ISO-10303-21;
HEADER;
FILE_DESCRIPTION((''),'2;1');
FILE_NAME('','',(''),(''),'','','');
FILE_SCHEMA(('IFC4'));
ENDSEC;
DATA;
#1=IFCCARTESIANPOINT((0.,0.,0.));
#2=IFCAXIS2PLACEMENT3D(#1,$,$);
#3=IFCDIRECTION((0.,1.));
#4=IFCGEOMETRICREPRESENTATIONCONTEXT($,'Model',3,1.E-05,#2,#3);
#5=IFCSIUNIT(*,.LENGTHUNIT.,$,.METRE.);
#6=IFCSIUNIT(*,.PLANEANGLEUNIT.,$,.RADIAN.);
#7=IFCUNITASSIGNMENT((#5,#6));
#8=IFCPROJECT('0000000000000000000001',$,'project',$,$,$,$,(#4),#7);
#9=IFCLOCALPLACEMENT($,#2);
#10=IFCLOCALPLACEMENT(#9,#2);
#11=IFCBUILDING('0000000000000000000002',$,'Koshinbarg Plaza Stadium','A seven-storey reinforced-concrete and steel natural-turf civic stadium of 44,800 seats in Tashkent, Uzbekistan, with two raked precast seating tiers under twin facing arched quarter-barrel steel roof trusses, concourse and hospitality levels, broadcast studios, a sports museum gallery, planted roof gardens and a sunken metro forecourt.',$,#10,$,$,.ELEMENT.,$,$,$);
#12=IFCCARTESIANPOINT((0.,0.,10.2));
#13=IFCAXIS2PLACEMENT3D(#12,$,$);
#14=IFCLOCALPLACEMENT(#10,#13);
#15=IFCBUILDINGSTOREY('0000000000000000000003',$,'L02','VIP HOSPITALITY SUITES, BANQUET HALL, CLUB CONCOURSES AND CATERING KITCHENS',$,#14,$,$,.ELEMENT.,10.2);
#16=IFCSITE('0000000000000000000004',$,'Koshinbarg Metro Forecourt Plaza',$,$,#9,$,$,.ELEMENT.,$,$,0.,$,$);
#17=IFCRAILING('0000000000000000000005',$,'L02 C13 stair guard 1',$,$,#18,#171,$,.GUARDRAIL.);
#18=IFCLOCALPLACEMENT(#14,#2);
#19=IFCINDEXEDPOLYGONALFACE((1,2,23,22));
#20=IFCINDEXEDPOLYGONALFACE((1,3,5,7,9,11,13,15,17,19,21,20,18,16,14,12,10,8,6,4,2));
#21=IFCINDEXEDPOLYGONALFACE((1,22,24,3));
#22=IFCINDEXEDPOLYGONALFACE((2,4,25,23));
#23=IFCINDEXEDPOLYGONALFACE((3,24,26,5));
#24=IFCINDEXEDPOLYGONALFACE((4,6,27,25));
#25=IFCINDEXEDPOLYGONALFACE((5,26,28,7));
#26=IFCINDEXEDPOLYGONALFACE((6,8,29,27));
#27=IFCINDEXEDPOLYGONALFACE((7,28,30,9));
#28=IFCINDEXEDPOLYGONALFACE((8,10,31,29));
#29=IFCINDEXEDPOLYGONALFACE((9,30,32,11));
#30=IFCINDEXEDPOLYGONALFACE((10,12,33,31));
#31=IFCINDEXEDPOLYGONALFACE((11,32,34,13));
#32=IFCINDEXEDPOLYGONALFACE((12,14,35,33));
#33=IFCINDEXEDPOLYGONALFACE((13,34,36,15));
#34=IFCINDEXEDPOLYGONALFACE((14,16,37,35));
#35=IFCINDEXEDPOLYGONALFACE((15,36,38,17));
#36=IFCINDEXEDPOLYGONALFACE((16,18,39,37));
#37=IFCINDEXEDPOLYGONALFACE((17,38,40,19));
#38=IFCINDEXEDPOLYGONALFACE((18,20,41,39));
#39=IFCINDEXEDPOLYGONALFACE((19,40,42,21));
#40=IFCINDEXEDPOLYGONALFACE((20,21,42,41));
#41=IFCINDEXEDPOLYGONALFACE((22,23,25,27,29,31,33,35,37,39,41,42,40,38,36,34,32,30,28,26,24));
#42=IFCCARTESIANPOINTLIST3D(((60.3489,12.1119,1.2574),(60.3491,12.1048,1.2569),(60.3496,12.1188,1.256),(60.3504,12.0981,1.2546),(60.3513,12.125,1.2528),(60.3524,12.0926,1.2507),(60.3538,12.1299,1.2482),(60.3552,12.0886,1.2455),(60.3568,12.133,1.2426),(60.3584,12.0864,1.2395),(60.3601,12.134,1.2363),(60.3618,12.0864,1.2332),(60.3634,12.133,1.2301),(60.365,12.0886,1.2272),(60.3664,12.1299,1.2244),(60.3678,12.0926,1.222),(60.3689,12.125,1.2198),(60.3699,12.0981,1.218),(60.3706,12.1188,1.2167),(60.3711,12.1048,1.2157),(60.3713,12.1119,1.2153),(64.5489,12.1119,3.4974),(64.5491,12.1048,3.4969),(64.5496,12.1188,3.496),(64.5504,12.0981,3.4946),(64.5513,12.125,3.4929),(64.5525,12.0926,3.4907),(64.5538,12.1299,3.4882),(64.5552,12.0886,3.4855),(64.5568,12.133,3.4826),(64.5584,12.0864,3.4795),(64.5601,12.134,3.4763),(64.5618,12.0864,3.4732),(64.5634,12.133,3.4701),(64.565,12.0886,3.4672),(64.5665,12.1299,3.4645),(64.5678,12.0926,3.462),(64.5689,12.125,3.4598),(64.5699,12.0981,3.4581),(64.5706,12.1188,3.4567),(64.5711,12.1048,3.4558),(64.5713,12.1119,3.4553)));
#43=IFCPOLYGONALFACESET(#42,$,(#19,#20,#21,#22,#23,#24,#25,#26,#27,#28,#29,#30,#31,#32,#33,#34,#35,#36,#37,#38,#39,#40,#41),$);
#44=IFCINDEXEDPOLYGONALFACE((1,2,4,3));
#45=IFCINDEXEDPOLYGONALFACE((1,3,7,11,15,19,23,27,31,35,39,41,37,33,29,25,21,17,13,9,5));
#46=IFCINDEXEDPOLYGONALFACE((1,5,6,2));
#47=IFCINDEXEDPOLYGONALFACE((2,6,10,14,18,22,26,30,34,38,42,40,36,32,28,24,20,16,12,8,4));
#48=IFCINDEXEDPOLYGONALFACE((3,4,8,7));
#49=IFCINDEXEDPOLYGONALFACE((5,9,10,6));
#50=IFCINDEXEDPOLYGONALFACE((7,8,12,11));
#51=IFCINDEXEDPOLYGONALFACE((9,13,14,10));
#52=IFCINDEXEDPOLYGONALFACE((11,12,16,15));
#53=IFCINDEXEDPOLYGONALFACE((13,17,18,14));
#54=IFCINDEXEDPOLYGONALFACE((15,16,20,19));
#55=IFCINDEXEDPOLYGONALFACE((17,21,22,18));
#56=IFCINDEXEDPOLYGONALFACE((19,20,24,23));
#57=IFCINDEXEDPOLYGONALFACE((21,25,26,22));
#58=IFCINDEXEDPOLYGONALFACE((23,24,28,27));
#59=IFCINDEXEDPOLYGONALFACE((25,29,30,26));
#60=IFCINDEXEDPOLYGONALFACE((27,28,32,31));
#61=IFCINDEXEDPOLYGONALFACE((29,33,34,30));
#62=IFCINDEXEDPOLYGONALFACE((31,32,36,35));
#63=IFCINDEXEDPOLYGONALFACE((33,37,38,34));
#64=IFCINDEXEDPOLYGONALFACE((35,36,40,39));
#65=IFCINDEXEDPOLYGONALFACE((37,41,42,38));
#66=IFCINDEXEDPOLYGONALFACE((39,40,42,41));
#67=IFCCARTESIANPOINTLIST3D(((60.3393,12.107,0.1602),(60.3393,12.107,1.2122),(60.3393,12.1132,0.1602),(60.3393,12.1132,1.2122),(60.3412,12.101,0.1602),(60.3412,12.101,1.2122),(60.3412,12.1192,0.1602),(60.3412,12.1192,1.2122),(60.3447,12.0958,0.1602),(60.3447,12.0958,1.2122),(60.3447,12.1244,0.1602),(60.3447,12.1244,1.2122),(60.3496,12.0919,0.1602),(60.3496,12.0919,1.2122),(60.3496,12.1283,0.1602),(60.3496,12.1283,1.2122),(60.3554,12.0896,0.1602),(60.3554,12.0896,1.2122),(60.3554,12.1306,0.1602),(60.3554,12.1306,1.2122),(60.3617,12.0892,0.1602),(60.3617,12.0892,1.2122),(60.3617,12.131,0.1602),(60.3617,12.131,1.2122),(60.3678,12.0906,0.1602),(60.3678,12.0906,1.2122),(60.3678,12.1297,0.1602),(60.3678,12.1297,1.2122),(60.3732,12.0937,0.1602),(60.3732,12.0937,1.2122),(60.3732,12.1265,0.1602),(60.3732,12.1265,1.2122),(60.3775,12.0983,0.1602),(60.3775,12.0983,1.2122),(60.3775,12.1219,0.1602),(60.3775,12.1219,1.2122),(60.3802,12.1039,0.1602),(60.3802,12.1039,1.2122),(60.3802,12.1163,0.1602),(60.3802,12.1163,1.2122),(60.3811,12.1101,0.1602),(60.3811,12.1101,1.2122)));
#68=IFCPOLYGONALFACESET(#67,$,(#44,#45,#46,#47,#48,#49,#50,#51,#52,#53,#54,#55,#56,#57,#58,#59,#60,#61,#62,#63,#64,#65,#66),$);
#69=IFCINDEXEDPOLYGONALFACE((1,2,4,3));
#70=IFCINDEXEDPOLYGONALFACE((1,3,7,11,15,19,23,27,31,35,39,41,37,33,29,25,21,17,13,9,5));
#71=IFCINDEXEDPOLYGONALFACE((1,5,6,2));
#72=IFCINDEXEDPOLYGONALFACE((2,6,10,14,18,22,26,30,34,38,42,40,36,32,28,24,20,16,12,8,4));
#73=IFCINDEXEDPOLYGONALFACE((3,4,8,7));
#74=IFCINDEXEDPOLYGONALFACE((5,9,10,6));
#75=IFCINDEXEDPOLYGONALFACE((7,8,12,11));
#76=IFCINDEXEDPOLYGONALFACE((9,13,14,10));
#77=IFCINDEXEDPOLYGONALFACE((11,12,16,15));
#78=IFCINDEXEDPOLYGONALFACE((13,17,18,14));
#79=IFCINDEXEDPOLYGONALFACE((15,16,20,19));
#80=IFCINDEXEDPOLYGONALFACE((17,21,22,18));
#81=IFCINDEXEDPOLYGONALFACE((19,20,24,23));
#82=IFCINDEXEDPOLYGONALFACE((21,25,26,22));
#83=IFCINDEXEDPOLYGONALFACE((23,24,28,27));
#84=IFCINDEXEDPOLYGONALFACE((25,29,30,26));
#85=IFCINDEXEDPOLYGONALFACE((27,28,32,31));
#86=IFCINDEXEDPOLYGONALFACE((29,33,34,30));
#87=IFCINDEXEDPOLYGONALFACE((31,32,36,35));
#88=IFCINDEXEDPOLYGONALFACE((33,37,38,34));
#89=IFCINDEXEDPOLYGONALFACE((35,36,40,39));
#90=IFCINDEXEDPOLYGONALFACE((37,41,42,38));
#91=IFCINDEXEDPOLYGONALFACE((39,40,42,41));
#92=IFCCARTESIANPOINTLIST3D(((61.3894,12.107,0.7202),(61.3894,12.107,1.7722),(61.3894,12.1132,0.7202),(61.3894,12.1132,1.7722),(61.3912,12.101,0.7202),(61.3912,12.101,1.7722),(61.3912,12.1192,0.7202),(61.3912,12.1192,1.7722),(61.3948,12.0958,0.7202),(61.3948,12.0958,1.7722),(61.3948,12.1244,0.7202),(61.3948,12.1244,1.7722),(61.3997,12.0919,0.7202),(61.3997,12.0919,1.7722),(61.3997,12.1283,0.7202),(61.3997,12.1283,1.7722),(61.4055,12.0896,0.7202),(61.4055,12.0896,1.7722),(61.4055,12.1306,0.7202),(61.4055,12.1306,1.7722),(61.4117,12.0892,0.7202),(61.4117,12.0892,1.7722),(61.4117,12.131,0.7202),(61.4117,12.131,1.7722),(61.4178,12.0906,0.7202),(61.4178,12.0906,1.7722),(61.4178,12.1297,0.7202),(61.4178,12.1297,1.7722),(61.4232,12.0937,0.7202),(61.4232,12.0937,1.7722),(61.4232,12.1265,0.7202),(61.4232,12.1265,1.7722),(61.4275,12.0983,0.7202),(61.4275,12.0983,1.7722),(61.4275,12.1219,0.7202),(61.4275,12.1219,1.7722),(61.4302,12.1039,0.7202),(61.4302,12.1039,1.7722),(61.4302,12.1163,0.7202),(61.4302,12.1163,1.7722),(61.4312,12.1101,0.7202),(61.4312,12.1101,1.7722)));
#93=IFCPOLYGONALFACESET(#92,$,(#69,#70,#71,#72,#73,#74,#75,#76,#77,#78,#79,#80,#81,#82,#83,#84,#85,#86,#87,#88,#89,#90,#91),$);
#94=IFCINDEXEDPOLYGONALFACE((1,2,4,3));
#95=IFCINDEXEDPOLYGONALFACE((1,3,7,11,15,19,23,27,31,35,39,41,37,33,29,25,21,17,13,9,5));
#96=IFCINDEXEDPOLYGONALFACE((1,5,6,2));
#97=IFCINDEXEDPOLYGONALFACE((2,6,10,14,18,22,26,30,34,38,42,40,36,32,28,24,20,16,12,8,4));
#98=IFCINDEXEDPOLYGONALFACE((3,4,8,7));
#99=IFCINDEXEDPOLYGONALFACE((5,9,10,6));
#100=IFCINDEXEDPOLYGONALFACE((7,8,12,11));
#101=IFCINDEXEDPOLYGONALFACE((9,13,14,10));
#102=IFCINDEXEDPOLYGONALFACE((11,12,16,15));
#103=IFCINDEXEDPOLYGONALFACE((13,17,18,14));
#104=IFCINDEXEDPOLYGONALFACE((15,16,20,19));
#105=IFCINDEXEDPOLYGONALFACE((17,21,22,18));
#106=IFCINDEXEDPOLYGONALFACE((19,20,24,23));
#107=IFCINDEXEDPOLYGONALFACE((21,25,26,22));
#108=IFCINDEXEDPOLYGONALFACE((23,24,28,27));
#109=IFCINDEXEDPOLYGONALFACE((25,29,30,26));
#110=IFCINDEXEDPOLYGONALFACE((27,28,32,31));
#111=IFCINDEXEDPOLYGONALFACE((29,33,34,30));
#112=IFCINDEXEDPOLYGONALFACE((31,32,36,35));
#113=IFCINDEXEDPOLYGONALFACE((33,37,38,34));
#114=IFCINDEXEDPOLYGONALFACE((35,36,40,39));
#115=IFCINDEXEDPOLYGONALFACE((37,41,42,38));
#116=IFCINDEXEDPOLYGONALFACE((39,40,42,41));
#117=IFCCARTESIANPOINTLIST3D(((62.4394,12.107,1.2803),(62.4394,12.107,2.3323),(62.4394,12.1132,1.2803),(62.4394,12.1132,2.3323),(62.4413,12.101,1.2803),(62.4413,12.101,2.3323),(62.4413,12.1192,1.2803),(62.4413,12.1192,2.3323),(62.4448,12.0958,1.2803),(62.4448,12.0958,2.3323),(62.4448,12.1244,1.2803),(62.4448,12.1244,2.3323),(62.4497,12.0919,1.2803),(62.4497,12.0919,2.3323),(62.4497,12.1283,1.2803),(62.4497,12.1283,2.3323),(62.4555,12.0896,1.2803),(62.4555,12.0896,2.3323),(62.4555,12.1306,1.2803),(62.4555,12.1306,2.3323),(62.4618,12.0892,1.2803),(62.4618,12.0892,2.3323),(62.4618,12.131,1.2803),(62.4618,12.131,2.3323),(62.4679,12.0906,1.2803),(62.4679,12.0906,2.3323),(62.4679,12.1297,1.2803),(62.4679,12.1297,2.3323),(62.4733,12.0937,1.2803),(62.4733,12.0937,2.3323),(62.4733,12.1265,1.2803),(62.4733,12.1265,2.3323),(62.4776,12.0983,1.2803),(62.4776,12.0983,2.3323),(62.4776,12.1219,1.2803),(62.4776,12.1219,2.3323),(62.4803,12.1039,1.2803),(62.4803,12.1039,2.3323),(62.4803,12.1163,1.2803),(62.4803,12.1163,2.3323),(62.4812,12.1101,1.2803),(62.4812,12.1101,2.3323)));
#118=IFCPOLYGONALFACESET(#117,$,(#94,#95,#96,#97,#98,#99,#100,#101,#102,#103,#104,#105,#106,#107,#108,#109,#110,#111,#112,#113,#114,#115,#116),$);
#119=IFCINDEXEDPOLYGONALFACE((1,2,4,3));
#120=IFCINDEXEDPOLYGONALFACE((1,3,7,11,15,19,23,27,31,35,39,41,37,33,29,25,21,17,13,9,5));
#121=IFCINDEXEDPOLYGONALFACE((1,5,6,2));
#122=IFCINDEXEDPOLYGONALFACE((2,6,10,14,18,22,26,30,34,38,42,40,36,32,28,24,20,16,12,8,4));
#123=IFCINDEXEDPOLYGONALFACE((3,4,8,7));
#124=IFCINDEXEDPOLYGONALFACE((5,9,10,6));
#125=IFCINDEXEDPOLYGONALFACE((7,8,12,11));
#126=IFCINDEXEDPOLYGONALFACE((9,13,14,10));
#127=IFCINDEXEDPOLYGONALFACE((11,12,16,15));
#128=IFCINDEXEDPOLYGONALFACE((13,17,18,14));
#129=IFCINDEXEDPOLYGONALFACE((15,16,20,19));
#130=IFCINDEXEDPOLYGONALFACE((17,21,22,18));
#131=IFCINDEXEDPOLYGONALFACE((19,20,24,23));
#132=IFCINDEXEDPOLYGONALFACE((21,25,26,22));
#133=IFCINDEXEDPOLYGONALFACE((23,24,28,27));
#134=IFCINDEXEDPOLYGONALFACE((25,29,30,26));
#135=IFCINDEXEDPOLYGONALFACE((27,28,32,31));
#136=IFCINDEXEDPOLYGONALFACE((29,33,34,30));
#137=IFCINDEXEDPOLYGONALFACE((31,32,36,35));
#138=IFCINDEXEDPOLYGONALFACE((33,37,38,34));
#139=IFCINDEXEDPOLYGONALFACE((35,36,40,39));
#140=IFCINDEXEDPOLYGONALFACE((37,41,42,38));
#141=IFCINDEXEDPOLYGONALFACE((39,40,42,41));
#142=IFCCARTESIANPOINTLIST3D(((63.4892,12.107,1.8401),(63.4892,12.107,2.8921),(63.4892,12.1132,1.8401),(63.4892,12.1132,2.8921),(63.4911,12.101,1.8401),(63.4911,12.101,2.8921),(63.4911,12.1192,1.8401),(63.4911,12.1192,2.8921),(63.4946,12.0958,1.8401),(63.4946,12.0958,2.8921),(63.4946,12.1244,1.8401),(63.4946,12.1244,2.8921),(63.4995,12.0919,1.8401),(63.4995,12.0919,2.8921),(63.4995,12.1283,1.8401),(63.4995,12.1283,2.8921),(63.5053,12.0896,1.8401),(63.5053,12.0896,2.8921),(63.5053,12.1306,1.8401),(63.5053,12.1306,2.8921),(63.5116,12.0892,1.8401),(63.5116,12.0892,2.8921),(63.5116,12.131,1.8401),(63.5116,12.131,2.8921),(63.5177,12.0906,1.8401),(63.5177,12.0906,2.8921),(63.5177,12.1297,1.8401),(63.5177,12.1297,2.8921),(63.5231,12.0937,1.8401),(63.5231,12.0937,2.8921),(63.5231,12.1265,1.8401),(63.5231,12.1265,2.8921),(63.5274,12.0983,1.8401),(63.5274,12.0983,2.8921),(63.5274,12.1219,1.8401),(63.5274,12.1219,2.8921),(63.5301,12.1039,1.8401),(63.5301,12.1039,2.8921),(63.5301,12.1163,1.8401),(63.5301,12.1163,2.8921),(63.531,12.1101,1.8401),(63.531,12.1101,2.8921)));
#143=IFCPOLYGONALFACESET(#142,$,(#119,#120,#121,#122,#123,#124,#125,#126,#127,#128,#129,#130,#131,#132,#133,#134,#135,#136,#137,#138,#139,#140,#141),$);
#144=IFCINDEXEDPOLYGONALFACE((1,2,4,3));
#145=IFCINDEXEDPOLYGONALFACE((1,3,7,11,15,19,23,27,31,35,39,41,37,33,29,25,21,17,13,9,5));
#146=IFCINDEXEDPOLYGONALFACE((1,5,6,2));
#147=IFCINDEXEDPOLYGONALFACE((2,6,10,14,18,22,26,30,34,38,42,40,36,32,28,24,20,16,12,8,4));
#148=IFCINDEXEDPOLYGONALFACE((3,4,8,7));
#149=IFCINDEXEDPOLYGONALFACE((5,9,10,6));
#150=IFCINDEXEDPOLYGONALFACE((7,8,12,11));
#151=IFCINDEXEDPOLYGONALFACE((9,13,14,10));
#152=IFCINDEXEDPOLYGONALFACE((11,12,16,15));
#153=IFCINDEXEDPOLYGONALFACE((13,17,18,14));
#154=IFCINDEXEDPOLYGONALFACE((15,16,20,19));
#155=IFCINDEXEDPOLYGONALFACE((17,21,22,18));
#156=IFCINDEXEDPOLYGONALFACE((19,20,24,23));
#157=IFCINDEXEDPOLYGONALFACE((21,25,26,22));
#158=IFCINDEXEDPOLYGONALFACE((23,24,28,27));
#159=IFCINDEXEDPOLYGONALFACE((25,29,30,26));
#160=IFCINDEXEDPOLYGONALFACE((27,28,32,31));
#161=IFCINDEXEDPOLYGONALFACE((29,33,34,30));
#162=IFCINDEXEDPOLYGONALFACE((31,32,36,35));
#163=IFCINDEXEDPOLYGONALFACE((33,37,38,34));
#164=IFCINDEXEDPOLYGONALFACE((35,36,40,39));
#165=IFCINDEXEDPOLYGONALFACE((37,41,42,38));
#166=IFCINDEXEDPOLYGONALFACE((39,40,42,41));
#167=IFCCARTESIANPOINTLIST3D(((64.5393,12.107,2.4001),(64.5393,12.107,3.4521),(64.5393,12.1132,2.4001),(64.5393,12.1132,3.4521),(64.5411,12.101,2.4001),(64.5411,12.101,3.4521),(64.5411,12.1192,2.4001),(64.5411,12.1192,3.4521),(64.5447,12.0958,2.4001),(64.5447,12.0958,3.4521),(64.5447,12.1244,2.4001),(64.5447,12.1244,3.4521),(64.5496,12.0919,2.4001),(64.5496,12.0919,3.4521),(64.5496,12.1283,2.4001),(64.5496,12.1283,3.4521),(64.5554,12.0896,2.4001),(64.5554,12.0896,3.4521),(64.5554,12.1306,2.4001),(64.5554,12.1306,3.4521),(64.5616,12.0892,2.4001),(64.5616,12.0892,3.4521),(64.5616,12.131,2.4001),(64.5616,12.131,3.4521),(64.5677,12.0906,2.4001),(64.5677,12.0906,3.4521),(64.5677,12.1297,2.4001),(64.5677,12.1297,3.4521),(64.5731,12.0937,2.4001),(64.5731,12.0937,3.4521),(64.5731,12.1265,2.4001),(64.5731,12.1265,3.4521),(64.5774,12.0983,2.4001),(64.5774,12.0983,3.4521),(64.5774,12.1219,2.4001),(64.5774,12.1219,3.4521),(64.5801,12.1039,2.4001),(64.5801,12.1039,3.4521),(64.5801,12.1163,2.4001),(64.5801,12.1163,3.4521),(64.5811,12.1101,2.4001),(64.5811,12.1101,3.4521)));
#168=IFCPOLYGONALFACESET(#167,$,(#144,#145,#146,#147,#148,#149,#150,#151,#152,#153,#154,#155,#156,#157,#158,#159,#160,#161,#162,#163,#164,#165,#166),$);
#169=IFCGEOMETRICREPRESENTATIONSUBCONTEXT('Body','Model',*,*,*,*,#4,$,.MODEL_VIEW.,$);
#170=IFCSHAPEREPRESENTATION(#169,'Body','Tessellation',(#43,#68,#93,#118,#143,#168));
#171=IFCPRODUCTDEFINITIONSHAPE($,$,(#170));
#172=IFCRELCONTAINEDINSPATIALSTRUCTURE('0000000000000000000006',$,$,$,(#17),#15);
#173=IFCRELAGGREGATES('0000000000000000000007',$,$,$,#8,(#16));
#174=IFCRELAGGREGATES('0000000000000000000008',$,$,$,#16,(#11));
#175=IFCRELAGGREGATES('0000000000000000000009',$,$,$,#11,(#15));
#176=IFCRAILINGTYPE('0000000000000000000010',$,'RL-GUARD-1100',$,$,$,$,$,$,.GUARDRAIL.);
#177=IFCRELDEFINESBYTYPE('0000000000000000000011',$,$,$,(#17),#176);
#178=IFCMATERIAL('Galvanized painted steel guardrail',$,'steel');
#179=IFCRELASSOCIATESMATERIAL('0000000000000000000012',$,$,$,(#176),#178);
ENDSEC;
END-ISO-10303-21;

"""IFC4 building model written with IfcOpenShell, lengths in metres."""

from ifc_helpers import new_model, si_unit, direction, frame, origin, origin_2d, place, context, subcontext, project, spatial, circle, extrude, material, type_object, element, save


model = new_model("IFC4")

# Units and contexts
model_context = context("Model", 3, precision=1e-05, world=origin(), true_north=direction((0.0, 1.0)))
body_context = subcontext(model_context, "Body", "Model", "MODEL_VIEW")
ifc_project = project(units=[si_unit("LENGTHUNIT", "METRE"), si_unit("PLANEANGLEUNIT", "RADIAN")], contexts=[model_context])

# Site, building, storey
site_placement = place(None, origin())
site = spatial("IfcSite", under=ifc_project, at=site_placement, Name="Koshinbarg Metro Forecourt Plaza", CompositionType="ELEMENT", RefElevation=0.0)
building_placement = place(site_placement, origin())
building = spatial("IfcBuilding", under=site, at=building_placement, Name="Koshinbarg Plaza Stadium", Description="A seven-storey reinforced-concrete and steel natural-turf civic stadium of 44,800 seats in Tashkent, Uzbekistan, with two raked precast seating tiers under twin facing arched quarter-barrel steel roof trusses, concourse and hospitality levels, broadcast studios, a sports museum gallery, planted roof gardens and a sunken metro forecourt.", CompositionType="ELEMENT")
storey_placement = place(building_placement, frame((0.0, 0.0, 10.2)))
storey = spatial("IfcBuildingStorey", under=building, at=storey_placement, Name="L02", Description="VIP HOSPITALITY SUITES, BANQUET HALL, CLUB CONCOURSES AND CATERING KITCHENS", CompositionType="ELEMENT", Elevation=10.2)

# Railing
ifc_material_1 = material(Name="Galvanized painted steel guardrail", Category="steel")
railing_type_1 = type_object("IfcRailingType", Name="RL-GUARD-1100", PredefinedType="GUARDRAIL", material=ifc_material_1)
railing_1_placement = place(storey_placement, frame((60.3601, 12.1101, 0.1602)))
element("IfcRailing", 1, at=railing_1_placement, inside=storey, type_object=railing_type_1, Name="L02 C13 stair guard 1", PredefinedType="GUARDRAIL", context=body_context, shape_type="SweptSolid", body=[
    extrude(circle(Radius=0.0239, at=origin_2d()), frame((0.0, 0.0, 1.0762), z_axis=(0.882352, 0.0, 0.470591), x_axis=(0.0, 1.0, 0.0)), (0.0, 0.0, 1.0), 4.76),
    extrude(circle(Radius=0.021, at=origin_2d()), origin(), (0.0, 0.0, 1.0), 1.052),
    extrude(circle(Radius=0.021, at=origin_2d()), frame((1.05, 0.0, 0.5601)), (0.0, 0.0, 1.0), 1.052),
    extrude(circle(Radius=0.021, at=origin_2d()), frame((2.1001, 0.0, 1.1201)), (0.0, 0.0, 1.0), 1.052),
    extrude(circle(Radius=0.021, at=origin_2d()), frame((3.1499, 0.0, 1.6799)), (0.0, 0.0, 1.0), 1.052),
    extrude(circle(Radius=0.021, at=origin_2d()), frame((4.2, 0.0, 2.24)), (0.0, 0.0, 1.0), 1.052),
])

save(model, "model.ifc")
